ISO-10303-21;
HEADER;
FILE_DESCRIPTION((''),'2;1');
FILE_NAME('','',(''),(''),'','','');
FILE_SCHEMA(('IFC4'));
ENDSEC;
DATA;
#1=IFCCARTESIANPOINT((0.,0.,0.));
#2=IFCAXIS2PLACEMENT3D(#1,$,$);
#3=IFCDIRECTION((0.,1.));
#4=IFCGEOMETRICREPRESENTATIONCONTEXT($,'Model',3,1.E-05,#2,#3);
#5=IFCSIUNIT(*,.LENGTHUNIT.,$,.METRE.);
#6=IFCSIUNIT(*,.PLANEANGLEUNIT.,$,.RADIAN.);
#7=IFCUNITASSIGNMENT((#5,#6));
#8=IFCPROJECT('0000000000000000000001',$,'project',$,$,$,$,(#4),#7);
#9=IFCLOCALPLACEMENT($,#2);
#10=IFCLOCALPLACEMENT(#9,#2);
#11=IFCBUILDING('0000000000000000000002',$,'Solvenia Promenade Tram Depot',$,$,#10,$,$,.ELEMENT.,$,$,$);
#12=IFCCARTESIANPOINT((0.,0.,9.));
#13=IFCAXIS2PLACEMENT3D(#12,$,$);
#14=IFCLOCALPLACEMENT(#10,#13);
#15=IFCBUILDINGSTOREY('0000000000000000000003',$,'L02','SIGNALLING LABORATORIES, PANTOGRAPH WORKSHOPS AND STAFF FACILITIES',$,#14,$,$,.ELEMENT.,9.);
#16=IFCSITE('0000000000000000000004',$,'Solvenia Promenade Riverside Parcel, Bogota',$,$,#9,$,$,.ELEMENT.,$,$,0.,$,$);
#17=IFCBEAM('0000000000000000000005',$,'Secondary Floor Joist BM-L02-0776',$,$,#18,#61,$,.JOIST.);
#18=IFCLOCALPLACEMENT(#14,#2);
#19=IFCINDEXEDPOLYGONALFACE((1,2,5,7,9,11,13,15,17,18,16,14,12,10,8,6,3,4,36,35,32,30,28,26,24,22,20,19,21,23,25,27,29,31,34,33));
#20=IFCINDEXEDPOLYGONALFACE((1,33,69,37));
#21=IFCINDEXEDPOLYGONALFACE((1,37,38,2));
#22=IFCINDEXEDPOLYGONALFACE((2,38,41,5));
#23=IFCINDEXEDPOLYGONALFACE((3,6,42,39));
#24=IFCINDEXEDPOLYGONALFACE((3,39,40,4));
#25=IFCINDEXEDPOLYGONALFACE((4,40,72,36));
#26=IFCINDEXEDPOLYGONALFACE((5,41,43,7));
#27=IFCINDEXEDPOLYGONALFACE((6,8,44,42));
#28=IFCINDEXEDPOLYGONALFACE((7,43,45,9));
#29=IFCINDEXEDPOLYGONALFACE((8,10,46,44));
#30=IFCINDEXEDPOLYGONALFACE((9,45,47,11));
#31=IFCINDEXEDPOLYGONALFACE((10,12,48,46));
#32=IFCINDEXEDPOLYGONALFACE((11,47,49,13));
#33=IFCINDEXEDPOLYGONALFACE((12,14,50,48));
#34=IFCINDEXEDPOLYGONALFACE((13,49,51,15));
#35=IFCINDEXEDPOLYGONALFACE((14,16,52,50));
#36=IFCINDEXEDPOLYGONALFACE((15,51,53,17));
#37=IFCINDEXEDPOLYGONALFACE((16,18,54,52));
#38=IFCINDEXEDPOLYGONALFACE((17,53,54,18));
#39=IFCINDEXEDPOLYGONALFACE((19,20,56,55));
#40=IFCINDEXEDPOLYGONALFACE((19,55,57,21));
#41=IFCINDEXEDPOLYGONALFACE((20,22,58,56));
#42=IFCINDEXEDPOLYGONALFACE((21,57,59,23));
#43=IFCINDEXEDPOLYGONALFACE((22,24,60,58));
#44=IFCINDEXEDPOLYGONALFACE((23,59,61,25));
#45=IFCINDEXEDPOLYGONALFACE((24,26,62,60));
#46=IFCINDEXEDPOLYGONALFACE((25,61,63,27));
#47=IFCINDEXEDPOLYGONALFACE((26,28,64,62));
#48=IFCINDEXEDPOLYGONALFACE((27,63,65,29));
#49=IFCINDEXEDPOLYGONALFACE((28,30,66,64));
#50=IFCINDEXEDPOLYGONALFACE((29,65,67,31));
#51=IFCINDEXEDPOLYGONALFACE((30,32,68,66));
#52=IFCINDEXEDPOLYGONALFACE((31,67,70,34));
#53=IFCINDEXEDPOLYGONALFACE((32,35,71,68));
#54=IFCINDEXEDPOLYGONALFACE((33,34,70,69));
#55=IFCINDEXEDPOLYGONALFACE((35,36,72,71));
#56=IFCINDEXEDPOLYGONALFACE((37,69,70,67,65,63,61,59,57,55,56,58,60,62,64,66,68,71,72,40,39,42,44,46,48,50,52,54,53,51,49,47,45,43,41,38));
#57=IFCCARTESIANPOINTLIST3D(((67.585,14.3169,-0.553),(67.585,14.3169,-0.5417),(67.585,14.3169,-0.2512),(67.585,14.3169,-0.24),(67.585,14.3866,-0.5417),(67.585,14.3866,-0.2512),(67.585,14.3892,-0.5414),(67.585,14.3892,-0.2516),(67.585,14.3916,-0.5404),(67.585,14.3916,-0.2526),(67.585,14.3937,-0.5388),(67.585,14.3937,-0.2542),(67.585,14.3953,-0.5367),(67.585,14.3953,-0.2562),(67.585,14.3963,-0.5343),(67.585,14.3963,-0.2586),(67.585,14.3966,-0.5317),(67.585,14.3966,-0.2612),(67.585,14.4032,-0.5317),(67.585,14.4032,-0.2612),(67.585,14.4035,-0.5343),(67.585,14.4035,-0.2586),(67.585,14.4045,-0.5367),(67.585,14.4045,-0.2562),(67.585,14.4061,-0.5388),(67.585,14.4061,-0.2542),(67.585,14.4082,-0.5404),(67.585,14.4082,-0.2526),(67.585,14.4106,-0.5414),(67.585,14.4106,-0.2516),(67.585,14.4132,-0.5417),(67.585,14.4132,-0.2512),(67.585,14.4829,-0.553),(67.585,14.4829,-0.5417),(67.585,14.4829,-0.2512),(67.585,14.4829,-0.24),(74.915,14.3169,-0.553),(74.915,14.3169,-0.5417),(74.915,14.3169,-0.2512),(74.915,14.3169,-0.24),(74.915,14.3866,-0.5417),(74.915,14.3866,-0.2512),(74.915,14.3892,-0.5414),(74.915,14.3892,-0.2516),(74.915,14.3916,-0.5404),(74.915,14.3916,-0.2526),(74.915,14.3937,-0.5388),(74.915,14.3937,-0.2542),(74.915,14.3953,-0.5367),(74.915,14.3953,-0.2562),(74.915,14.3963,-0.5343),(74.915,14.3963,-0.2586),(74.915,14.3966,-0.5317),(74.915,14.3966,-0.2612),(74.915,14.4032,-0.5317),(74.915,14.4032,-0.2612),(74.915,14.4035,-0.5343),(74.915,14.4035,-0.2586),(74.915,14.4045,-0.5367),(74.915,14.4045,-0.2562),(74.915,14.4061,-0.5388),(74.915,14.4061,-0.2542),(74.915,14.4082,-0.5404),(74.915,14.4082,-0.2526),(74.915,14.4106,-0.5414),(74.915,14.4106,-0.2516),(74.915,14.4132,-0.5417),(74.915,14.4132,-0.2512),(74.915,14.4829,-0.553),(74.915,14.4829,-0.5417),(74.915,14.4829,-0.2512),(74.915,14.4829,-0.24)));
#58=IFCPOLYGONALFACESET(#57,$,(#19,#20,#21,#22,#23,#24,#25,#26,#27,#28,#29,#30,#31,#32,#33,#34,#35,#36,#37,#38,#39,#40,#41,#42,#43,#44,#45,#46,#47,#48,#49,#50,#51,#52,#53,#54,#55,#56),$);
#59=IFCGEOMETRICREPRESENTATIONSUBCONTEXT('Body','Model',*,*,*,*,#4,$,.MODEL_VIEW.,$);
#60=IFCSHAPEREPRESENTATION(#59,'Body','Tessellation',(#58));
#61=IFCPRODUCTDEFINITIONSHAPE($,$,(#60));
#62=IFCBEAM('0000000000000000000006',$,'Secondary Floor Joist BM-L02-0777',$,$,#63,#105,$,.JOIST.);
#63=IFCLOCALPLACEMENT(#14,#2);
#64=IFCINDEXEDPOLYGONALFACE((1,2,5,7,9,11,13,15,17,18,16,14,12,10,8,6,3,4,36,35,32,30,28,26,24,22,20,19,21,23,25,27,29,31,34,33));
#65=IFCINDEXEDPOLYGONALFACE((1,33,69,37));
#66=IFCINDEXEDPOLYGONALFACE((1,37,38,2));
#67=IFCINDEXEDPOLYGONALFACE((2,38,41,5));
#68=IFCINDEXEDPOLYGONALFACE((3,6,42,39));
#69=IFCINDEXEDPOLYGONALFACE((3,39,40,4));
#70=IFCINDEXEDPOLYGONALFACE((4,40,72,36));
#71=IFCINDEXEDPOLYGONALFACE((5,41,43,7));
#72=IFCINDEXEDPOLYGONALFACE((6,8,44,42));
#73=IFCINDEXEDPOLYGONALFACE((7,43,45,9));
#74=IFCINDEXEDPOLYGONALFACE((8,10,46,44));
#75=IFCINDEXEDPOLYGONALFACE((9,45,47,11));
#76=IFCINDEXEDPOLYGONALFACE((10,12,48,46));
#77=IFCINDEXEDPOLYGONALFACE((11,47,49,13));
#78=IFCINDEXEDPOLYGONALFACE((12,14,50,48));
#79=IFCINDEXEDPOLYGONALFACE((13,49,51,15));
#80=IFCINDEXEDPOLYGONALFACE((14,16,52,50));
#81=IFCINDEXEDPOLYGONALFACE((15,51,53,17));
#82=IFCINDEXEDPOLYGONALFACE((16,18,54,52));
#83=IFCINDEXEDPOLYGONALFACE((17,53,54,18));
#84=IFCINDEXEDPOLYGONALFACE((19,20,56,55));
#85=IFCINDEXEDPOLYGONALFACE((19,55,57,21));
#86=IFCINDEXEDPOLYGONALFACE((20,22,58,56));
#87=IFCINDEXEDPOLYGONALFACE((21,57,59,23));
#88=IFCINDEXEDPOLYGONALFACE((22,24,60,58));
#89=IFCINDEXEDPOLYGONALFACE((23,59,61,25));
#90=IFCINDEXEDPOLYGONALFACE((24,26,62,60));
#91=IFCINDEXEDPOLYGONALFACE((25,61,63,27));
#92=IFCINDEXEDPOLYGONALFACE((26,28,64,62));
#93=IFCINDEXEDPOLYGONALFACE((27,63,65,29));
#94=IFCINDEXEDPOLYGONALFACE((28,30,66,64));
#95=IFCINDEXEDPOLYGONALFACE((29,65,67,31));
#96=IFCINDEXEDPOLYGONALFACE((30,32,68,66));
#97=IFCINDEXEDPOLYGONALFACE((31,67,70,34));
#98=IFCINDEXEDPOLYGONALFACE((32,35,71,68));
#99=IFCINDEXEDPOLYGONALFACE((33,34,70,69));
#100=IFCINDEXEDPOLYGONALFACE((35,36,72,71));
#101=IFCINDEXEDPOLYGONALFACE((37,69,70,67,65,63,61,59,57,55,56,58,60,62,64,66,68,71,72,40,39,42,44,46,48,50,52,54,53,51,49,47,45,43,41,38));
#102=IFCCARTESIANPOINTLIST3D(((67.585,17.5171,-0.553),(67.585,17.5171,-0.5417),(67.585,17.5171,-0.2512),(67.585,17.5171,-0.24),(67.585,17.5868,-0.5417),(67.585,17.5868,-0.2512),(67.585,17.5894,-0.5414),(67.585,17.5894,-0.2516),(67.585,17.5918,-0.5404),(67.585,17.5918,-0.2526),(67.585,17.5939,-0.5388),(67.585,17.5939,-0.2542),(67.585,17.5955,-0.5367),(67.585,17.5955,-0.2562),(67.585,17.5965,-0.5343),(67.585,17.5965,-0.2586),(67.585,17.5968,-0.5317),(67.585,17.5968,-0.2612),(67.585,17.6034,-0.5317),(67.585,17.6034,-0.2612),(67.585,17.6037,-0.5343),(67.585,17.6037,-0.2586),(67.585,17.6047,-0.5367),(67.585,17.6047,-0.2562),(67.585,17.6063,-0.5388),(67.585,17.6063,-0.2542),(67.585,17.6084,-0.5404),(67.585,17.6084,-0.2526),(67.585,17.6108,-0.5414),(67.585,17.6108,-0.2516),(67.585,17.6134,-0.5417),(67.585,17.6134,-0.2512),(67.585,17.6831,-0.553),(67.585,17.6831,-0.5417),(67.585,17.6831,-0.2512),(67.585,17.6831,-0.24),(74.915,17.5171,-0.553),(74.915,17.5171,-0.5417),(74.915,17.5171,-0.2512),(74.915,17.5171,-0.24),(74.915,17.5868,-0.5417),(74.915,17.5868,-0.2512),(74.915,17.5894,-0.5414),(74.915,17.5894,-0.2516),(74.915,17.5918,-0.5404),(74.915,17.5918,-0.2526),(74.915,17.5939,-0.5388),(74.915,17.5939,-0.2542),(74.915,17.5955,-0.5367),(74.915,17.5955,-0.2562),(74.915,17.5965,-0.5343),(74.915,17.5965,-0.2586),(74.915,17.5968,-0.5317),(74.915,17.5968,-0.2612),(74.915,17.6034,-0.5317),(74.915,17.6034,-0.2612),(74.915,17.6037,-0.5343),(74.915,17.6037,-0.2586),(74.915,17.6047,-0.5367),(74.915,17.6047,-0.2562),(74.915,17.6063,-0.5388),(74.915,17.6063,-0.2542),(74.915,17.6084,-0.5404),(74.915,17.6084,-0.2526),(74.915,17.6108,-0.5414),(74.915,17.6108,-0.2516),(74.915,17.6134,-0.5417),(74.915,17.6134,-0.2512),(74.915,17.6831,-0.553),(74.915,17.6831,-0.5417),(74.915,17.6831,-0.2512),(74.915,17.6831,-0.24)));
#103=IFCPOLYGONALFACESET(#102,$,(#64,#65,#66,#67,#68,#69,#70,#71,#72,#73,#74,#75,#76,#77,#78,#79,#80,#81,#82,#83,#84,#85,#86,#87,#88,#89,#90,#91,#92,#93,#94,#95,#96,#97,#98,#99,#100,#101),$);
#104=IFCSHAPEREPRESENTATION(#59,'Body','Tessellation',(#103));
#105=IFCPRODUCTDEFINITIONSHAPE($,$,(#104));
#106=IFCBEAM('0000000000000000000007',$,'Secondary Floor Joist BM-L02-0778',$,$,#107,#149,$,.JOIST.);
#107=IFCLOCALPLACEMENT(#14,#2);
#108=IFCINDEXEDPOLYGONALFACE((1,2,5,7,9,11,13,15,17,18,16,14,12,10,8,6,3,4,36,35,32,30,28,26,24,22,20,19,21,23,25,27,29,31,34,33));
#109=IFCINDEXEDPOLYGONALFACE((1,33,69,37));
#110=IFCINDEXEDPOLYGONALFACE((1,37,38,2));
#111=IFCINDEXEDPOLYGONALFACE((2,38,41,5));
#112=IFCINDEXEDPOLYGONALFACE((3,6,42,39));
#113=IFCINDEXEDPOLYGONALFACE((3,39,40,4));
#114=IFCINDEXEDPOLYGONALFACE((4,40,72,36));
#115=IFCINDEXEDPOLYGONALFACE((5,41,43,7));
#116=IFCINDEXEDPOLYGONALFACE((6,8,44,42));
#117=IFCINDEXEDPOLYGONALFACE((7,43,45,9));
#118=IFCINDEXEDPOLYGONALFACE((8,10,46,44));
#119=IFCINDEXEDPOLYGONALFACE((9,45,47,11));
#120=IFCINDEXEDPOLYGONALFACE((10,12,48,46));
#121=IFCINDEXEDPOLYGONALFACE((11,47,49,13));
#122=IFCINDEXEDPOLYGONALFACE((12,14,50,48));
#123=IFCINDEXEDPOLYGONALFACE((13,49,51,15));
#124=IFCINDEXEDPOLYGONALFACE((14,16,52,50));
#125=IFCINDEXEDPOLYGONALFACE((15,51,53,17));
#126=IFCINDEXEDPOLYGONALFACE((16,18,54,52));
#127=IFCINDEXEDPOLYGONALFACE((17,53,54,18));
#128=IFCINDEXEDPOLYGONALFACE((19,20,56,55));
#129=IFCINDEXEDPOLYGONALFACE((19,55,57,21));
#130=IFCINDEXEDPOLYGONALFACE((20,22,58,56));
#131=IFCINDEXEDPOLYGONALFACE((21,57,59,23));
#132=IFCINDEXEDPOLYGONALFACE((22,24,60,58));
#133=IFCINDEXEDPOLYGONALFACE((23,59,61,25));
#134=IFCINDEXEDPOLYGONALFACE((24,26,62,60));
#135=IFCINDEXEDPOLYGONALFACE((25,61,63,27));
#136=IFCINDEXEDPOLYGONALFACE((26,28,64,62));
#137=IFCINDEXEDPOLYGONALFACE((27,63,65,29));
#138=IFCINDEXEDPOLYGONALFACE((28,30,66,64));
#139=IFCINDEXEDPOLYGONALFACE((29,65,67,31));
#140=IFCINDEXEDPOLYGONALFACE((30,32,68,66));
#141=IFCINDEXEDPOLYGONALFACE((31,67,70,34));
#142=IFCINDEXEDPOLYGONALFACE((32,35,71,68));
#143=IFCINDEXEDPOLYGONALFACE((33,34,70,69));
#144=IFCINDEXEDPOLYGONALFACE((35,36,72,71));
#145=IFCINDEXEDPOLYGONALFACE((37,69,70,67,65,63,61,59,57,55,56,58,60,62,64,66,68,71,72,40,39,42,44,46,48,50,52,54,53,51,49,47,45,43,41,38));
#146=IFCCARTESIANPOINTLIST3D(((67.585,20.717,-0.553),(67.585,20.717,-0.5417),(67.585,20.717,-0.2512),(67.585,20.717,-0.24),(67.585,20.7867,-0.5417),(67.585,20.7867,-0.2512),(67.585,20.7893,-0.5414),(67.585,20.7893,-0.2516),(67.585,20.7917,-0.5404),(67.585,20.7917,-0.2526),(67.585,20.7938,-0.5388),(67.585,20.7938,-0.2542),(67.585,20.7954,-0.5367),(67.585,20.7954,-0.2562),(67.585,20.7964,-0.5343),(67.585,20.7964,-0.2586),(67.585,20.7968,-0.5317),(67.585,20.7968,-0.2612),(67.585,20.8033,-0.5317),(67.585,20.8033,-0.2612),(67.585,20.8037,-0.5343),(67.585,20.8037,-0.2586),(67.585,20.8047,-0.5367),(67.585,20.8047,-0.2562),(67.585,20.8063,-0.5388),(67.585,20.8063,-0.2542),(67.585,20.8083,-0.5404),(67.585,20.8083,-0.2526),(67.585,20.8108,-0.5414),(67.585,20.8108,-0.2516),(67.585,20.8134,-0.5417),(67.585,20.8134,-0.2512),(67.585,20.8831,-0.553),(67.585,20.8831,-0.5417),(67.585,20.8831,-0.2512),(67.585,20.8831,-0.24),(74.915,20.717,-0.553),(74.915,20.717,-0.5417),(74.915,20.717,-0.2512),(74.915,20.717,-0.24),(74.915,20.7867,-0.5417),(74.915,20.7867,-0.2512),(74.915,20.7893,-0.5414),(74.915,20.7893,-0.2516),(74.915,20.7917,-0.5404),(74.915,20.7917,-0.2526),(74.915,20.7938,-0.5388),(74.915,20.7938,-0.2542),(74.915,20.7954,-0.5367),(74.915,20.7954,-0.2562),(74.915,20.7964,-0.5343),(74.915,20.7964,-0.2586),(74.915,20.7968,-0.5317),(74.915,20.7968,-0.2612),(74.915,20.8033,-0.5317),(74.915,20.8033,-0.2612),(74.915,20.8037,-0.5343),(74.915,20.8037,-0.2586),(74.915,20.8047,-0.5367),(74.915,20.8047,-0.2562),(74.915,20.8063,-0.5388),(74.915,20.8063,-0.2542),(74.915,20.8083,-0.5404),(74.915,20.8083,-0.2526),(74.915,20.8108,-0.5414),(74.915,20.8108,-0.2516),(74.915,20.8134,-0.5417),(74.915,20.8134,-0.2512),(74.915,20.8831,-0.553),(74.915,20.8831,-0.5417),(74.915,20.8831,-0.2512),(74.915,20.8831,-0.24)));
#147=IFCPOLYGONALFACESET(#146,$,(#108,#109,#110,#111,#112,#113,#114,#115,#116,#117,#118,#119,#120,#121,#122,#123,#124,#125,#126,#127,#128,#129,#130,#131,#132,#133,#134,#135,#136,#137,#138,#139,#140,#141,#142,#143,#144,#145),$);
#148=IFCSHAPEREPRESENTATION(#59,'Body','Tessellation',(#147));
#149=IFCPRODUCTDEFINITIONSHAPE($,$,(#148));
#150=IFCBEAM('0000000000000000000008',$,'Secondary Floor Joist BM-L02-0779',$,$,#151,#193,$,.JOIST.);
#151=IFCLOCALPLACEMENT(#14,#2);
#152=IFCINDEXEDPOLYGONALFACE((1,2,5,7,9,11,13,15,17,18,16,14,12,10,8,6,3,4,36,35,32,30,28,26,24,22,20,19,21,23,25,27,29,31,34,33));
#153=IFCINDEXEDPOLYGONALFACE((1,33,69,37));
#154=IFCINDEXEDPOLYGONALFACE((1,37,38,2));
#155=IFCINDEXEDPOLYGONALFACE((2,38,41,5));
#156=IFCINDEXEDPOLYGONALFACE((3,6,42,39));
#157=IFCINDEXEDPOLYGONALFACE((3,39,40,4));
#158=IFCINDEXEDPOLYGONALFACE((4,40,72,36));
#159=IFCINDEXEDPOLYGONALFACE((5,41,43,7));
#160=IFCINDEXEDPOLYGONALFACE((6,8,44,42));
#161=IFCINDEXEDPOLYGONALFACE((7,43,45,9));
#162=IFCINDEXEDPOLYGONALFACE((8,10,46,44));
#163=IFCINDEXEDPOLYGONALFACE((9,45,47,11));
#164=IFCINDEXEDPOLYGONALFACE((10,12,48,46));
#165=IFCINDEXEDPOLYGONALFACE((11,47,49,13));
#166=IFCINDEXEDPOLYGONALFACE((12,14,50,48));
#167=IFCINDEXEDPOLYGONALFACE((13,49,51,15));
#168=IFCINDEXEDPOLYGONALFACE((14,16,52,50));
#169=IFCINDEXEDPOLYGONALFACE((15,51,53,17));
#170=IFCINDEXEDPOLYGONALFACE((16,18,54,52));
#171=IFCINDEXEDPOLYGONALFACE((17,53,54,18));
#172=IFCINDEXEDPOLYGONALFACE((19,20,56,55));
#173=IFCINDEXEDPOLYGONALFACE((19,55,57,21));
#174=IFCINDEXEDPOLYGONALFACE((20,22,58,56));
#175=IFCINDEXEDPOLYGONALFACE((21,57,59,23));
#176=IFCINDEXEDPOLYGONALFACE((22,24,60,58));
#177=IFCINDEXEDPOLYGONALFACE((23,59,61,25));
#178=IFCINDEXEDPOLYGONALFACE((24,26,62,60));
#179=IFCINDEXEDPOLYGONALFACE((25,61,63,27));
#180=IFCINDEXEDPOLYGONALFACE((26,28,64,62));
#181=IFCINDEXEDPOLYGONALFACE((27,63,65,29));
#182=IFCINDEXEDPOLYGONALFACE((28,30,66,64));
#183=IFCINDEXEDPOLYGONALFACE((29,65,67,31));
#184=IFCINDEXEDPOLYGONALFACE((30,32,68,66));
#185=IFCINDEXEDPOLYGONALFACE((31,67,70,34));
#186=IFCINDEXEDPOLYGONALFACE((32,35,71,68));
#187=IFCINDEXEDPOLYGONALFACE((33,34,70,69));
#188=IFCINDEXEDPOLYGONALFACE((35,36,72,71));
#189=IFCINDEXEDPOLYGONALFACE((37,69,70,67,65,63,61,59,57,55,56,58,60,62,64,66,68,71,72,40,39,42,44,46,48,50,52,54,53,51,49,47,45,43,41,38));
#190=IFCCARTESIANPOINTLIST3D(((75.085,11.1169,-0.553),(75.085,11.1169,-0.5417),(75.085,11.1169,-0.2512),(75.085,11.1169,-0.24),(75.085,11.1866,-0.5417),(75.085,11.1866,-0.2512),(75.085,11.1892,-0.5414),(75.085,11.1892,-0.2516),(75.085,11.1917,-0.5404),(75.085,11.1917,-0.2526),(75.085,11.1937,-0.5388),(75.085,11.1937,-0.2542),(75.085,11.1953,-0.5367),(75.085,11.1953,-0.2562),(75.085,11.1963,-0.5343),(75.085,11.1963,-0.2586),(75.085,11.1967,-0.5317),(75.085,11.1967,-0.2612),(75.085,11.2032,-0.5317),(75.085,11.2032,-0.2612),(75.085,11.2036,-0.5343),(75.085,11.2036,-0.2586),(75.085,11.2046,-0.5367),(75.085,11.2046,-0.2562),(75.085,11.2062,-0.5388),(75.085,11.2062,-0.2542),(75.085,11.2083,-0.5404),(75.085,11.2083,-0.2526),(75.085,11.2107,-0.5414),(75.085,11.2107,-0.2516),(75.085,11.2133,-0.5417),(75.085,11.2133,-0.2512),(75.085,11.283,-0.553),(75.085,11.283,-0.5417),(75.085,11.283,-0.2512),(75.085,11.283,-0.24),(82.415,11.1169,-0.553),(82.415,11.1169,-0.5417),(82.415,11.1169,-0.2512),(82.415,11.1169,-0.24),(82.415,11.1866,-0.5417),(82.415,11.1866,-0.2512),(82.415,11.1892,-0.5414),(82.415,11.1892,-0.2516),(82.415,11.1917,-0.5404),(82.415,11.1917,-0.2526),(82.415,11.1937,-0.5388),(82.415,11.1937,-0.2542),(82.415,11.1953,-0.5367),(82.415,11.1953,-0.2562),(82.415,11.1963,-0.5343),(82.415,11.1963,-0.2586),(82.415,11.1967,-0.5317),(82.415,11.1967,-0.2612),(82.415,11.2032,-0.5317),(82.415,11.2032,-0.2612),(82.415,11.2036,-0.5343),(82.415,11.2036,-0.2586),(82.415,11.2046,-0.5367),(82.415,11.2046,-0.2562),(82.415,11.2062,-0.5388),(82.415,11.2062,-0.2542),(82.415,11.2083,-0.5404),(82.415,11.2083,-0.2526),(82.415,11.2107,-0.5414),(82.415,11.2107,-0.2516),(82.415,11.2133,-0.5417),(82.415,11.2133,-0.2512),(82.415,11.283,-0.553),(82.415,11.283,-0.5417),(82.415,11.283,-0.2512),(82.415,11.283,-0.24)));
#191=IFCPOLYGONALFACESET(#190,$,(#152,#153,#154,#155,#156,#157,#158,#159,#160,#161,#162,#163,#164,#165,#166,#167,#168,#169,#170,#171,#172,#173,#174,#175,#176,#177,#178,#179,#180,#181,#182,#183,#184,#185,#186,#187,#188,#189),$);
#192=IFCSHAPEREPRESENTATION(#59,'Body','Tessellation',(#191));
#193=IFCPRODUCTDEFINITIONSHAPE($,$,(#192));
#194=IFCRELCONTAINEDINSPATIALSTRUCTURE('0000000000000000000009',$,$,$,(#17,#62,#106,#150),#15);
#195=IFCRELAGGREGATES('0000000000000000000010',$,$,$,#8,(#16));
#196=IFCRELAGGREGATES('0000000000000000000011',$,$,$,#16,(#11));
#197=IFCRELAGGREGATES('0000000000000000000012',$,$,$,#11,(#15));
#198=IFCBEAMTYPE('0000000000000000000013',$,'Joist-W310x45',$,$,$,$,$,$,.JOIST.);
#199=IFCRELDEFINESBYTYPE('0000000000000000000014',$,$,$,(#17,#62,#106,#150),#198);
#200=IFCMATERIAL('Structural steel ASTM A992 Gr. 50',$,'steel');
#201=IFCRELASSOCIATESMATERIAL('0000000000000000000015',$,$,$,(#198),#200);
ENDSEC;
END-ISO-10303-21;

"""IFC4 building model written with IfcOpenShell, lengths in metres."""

from ifc_helpers import new_model, si_unit, direction, frame, origin, origin_2d, place, context, subcontext, project, spatial, i_section, extrude, material, material_profile, profile_set, type_object, element, save


model = new_model("IFC4")

# Units and contexts
model_context = context("Model", 3, precision=1e-05, world=origin(), true_north=direction((0.0, 1.0)))
body_context = subcontext(model_context, "Body", "Model", "MODEL_VIEW")
ifc_project = project(units=[si_unit("LENGTHUNIT", "METRE"), si_unit("PLANEANGLEUNIT", "RADIAN")], contexts=[model_context])

# Site, building, storey
site_placement = place(None, origin())
site = spatial("IfcSite", under=ifc_project, at=site_placement, Name="Solvenia Promenade Riverside Parcel, Bogota", CompositionType="ELEMENT", RefElevation=0.0)
building_placement = place(site_placement, origin())
building = spatial("IfcBuilding", under=site, at=building_placement, Name="Solvenia Promenade Tram Depot", CompositionType="ELEMENT")
storey_placement = place(building_placement, frame((0.0, 0.0, 9.0)))
storey = spatial("IfcBuildingStorey", under=building, at=storey_placement, Name="L02", Description="SIGNALLING LABORATORIES, PANTOGRAPH WORKSHOPS AND STAFF FACILITIES", CompositionType="ELEMENT", Elevation=9.0)

# Beams
ifc_material_1 = material(Name="Structural steel ASTM A992 Gr. 50", Category="steel")
ifc_material_profile_1 = material_profile(ifc_material_1, i_section(OverallWidth=0.166, OverallDepth=0.313, WebThickness=0.0066, FlangeThickness=0.0112, FilletRadius=0.01, at=origin_2d()), Name="W310x45", Category="steel")
ifc_profile_set_1 = profile_set([ifc_material_profile_1], Name="Structural steel ASTM A992 Gr. 50")
beam_type_1 = type_object("IfcBeamType", Name="Joist-W310x45", PredefinedType="JOIST", material=ifc_profile_set_1)
for number, where, z_axis, x_axis, name in (
    (1, (67.585, 14.3999, -0.3965), (1.0, 0.0, 0.0), (0.0, 1.0, 0.0), "Secondary Floor Joist BM-L02-0776"),
    (2, (67.585, 17.6001, -0.3965), (1.0, 0.0, 0.0), (0.0, 1.0, 0.0), "Secondary Floor Joist BM-L02-0777"),
    (3, (67.585, 20.8, -0.3965), (1.0, 0.0, 0.0), (0.0, 1.0, 0.0), "Secondary Floor Joist BM-L02-0778"),
    (4, (75.085, 11.2, -0.3965), (1.0, 0.0, 0.0), (0.0, 1.0, 0.0), "Secondary Floor Joist BM-L02-0779"),
):
    element("IfcBeam", number, at=place(storey_placement, frame(where, z_axis=z_axis, x_axis=x_axis)), inside=storey, type_object=beam_type_1, Name=name, PredefinedType="JOIST", context=body_context, shape_type="SweptSolid", body=[
        extrude(i_section(OverallWidth=0.166, OverallDepth=0.313, WebThickness=0.0066, FlangeThickness=0.0112, FilletRadius=0.01, at=origin_2d()), origin(), (0.0, 0.0, 1.0), 7.3301),
    ])

save(model, "model.ifc")
